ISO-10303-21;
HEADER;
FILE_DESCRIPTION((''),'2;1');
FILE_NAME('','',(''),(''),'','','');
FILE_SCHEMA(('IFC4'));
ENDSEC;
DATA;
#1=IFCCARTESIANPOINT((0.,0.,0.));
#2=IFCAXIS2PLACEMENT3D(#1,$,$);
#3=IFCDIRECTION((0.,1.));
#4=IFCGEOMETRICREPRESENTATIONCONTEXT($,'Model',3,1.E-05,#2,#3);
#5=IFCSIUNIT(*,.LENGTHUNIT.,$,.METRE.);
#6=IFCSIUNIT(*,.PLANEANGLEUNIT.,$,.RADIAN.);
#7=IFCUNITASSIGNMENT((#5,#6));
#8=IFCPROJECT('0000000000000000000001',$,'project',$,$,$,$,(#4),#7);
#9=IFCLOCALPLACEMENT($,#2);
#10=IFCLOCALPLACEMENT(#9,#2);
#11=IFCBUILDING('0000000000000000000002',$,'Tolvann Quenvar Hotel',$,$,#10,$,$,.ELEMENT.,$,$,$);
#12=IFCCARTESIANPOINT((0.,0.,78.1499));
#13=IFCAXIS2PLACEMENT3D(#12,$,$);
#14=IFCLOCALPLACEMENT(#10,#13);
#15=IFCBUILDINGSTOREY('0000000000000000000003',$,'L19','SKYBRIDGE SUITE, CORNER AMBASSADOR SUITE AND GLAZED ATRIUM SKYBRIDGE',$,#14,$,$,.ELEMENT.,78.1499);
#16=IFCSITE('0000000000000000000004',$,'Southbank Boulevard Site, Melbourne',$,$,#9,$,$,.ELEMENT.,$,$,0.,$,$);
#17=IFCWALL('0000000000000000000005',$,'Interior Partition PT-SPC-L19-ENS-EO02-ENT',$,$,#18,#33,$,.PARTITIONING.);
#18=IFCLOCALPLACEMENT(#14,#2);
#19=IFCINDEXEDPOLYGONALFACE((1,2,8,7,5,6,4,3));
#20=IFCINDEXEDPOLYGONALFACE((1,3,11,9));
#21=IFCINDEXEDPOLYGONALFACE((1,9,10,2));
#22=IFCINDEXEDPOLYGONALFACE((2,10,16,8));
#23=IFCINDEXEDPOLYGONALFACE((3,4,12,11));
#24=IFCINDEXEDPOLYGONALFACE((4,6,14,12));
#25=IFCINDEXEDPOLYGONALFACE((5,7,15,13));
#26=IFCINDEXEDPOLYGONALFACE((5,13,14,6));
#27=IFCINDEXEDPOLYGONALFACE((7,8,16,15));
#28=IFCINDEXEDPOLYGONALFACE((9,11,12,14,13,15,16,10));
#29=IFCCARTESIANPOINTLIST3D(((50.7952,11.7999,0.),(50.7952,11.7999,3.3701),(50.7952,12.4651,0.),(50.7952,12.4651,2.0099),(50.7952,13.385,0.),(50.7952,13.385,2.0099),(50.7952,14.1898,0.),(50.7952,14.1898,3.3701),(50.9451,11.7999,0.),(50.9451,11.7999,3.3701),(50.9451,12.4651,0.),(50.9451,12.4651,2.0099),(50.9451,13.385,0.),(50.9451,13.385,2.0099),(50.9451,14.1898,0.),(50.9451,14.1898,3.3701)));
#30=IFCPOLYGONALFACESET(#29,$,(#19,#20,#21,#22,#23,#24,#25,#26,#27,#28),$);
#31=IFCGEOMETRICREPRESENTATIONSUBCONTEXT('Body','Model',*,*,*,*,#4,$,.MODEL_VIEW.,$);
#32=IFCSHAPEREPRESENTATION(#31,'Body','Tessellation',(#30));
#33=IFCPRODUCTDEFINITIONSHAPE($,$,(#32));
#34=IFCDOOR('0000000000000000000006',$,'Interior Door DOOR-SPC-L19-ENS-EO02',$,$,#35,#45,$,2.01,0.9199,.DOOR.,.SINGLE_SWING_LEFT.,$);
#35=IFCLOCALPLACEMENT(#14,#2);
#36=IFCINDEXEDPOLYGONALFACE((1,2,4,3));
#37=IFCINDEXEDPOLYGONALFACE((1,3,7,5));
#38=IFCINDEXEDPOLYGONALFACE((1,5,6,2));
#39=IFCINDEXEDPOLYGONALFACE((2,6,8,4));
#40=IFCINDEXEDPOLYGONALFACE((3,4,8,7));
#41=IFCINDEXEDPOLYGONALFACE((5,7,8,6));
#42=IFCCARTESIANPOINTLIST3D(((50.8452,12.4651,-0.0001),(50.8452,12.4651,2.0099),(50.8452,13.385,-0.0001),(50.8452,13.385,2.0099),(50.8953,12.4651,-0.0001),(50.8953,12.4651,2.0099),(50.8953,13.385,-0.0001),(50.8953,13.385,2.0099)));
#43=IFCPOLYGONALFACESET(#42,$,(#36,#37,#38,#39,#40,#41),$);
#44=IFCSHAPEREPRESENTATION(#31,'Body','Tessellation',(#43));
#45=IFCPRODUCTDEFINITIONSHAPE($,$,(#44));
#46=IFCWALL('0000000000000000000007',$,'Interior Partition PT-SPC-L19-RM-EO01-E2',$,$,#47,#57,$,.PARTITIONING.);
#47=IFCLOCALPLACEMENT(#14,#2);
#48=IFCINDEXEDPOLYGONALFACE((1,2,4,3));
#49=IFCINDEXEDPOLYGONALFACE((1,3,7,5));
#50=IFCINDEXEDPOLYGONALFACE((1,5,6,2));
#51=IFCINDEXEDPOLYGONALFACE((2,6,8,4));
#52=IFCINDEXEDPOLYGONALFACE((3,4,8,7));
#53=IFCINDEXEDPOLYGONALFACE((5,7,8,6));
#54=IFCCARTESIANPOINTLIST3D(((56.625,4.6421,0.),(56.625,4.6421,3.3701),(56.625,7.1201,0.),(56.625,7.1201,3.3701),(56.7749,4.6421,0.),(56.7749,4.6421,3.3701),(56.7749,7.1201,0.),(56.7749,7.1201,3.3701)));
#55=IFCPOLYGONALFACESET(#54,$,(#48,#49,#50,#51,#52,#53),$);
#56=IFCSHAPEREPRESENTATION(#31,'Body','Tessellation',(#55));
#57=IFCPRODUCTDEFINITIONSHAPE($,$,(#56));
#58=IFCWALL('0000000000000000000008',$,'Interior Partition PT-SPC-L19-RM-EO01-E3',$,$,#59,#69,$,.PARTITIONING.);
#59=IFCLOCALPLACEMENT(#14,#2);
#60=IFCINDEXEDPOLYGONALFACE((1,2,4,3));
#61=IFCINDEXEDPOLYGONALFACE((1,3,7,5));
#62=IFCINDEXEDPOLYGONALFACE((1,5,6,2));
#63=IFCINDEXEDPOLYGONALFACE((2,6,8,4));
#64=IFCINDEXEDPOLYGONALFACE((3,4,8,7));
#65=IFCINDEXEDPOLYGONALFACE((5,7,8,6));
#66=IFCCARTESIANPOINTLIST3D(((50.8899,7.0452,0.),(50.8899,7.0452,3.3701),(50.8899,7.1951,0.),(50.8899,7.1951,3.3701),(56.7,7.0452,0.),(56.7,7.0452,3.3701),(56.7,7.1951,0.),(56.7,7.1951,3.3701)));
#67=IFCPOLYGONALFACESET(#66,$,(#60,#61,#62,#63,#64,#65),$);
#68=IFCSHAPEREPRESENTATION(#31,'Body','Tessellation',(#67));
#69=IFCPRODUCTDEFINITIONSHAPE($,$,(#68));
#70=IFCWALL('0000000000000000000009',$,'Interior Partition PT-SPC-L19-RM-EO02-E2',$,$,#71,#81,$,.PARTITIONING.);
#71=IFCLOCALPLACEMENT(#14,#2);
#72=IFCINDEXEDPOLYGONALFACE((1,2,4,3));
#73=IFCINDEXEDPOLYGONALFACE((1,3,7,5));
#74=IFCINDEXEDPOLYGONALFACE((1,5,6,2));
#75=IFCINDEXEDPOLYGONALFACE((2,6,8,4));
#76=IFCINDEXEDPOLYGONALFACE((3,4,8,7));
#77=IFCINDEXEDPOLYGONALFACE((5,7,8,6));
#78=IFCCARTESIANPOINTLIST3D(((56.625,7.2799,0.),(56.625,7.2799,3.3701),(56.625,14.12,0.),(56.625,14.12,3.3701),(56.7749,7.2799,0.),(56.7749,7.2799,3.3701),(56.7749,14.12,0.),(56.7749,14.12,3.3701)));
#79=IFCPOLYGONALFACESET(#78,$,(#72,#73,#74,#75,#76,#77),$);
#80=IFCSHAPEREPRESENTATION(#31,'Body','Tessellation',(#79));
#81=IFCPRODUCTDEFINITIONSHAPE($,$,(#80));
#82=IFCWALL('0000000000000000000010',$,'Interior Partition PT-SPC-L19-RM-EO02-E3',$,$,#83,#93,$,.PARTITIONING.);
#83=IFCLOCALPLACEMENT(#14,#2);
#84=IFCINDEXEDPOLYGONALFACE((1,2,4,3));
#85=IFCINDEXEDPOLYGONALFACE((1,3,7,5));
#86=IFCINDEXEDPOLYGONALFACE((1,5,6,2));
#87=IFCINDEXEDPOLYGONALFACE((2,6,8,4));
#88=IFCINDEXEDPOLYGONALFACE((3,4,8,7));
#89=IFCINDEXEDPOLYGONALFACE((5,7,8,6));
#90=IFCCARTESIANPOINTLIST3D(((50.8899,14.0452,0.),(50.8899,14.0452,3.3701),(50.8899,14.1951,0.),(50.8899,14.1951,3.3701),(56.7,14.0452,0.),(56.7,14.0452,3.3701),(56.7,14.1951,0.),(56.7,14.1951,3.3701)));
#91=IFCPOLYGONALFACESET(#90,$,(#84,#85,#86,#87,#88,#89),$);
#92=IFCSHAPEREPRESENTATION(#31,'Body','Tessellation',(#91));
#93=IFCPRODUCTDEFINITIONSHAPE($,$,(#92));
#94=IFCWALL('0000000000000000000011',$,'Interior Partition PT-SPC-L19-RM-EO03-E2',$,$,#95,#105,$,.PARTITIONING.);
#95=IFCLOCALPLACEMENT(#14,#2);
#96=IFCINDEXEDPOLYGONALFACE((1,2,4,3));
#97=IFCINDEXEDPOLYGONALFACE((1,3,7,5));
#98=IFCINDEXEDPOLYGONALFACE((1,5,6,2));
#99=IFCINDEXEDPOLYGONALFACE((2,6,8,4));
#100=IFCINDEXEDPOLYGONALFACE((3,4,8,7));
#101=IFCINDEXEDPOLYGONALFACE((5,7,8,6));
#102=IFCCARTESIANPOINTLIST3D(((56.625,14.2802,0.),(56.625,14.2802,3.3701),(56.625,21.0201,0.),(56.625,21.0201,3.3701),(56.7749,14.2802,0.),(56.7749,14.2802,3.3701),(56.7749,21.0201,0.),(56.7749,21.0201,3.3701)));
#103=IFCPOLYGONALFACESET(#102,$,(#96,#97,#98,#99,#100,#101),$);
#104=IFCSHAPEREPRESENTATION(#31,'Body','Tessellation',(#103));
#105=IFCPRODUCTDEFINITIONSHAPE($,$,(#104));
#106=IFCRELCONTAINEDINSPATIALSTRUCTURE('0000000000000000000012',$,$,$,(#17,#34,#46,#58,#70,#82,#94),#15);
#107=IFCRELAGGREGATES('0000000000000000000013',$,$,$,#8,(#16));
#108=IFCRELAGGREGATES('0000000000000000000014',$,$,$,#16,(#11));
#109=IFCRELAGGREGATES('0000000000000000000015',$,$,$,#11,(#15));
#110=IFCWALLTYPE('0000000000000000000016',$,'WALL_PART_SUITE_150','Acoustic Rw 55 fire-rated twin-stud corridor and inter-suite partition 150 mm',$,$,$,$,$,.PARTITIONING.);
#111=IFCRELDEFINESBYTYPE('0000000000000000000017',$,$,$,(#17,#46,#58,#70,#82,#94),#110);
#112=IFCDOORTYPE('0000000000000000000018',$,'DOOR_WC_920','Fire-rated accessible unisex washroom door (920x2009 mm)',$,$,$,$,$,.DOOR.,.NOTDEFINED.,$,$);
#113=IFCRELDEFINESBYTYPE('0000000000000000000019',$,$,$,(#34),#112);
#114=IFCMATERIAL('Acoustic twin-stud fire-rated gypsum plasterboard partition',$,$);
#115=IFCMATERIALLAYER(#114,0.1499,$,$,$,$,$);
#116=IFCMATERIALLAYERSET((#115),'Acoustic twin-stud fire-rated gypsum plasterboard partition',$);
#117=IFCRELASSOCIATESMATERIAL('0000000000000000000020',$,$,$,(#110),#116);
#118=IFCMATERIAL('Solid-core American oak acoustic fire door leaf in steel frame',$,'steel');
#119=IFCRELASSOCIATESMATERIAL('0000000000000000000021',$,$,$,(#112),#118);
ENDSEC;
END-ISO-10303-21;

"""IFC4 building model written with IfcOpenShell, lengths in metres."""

from ifc_helpers import new_model, si_unit, direction, frame, frame_2d, origin, place, context, subcontext, project, spatial, rectangle, extrude, source, transform, mapped, material, layer, layer_set, type_object, type_shapes, element, fill, save


model = new_model("IFC4")

# Units and contexts
model_context = context("Model", 3, precision=1e-05, world=origin(), true_north=direction((0.0, 1.0)))
body_context = subcontext(model_context, "Body", "Model", "MODEL_VIEW")
ifc_project = project(units=[si_unit("LENGTHUNIT", "METRE"), si_unit("PLANEANGLEUNIT", "RADIAN")], contexts=[model_context])

# Site, building, storey
site_placement = place(None, origin())
site = spatial("IfcSite", under=ifc_project, at=site_placement, Name="Southbank Boulevard Site, Melbourne", CompositionType="ELEMENT", RefElevation=0.0)
building_placement = place(site_placement, origin())
building = spatial("IfcBuilding", under=site, at=building_placement, Name="Tolvann Quenvar Hotel", CompositionType="ELEMENT")
storey_placement = place(building_placement, frame((0.0, 0.0, 78.1499)))
storey = spatial("IfcBuildingStorey", under=building, at=storey_placement, Name="L19", Description="SKYBRIDGE SUITE, CORNER AMBASSADOR SUITE AND GLAZED ATRIUM SKYBRIDGE", CompositionType="ELEMENT", Elevation=78.1499)

# Wall, opening, door
ifc_material_1 = material(Name="Acoustic twin-stud fire-rated gypsum plasterboard partition")
ifc_layer_1 = layer(ifc_material_1, 0.1499)
ifc_layer_set_1 = layer_set([ifc_layer_1], Name="Acoustic twin-stud fire-rated gypsum plasterboard partition")
wall_type_1 = type_object("IfcWallType", Name="WALL_PART_SUITE_150", Description="Acoustic Rw 55 fire-rated twin-stud corridor and inter-suite partition 150 mm", PredefinedType="PARTITIONING", material=ifc_layer_set_1)
ifc_material_2 = material(Name="Solid-core American oak acoustic fire door leaf in steel frame", Category="steel")
door_type = type_object("IfcDoorType", Name="DOOR_WC_920", Description="Fire-rated accessible unisex washroom door (920x2009 mm)", OperationType="NOTDEFINED", PredefinedType="DOOR", material=ifc_material_2)
shared_shape_1 = source(origin(), body_context, "Body", "SweptSolid", [
    extrude(rectangle(XDim=0.9199, YDim=2.01, at=frame_2d((0.46, 1.0049))), frame((0.0, 0.0249, 0.0), z_axis=(0.0, -1.0, 0.0), x_axis=(1.0, 0.0, 0.0)), (0.0, 0.0, 1.0), 0.05),
])
type_shapes(door_type, [shared_shape_1])
wall_1_placement = place(storey_placement, frame((50.8701, 11.8, 0.0), z_axis=(0.0, 0.0, 1.0), x_axis=(0.0, 1.0, 0.0)))
wall_1 = element("IfcWall", 1, at=wall_1_placement, inside=storey, type_object=wall_type_1, Name="Interior Partition PT-SPC-L19-ENS-EO02-ENT", PredefinedType="PARTITIONING", context=body_context, shape_type="SweptSolid", body=[
    extrude(rectangle(XDim=2.3899, YDim=0.1499, at=frame_2d((1.1948, 0.0))), origin(), (0.0, 0.0, 1.0), 3.3701),
])
opening_1_placement = place(wall_1_placement, frame((0.665, 0.0, 0.0)))
opening_1 = element("IfcOpeningElement", 2, at=opening_1_placement, cuts=wall_1, PredefinedType="OPENING", context=body_context, shape_type="SweptSolid", body=[
    extrude(rectangle(XDim=0.9199, YDim=2.01, at=frame_2d((0.46, 1.0049))), frame((0.0, 0.085, 0.0), z_axis=(0.0, -1.0, 0.0), x_axis=(1.0, 0.0, 0.0)), (0.0, 0.0, 1.0), 0.1699),
])
door_1_placement = place(opening_1_placement, origin())
door_1 = element("IfcDoor", 3, at=door_1_placement, inside=storey, type_object=door_type, Name="Interior Door DOOR-SPC-L19-ENS-EO02", OperationType="SINGLE_SWING_LEFT", OverallHeight=2.01, OverallWidth=0.9199, PredefinedType="DOOR", context=body_context, shape_type="MappedRepresentation", body=[
    mapped(shared_shape_1, transform((0.0, 0.0, 0.0), x_axis=(1.0, 0.0, 0.0), y_axis=(0.0, 1.0, 0.0), z_axis=(0.0, 0.0, 1.0), scale=1.0)),
])
fill(opening_1, door_1)

# Walls
wall_2_placement = place(storey_placement, frame((56.7, 4.6421, 0.0), z_axis=(0.0, 0.0, 1.0), x_axis=(0.0, 1.0, 0.0)))
element("IfcWall", 4, at=wall_2_placement, inside=storey, type_object=wall_type_1, Name="Interior Partition PT-SPC-L19-RM-EO01-E2", PredefinedType="PARTITIONING", context=body_context, shape_type="SweptSolid", body=[
    extrude(rectangle(XDim=2.478, YDim=0.1499, at=frame_2d((1.239, 0.0))), origin(), (0.0, 0.0, 1.0), 3.3701),
])
wall_3_placement = place(storey_placement, frame((50.8899, 7.1201, 0.0), z_axis=(0.0, 0.0, 1.0), x_axis=(1.0, 0.0, 0.0)))
element("IfcWall", 5, at=wall_3_placement, inside=storey, type_object=wall_type_1, Name="Interior Partition PT-SPC-L19-RM-EO01-E3", PredefinedType="PARTITIONING", context=body_context, shape_type="SweptSolid", body=[
    extrude(rectangle(XDim=5.8101, YDim=0.1499, at=frame_2d((2.905, 0.0))), origin(), (0.0, 0.0, 1.0), 3.3701),
])
wall_4_placement = place(storey_placement, frame((56.7, 7.28, 0.0), z_axis=(0.0, 0.0, 1.0), x_axis=(0.0, 1.0, 0.0)))
element("IfcWall", 6, at=wall_4_placement, inside=storey, type_object=wall_type_1, Name="Interior Partition PT-SPC-L19-RM-EO02-E2", PredefinedType="PARTITIONING", context=body_context, shape_type="SweptSolid", body=[
    extrude(rectangle(XDim=6.8401, YDim=0.1499, at=frame_2d((3.4199, 0.0))), origin(), (0.0, 0.0, 1.0), 3.3701),
])
wall_5_placement = place(storey_placement, frame((50.8899, 14.1201, 0.0), z_axis=(0.0, 0.0, 1.0), x_axis=(1.0, 0.0, 0.0)))
element("IfcWall", 7, at=wall_5_placement, inside=storey, type_object=wall_type_1, Name="Interior Partition PT-SPC-L19-RM-EO02-E3", PredefinedType="PARTITIONING", context=body_context, shape_type="SweptSolid", body=[
    extrude(rectangle(XDim=5.8101, YDim=0.1499, at=frame_2d((2.905, 0.0))), origin(), (0.0, 0.0, 1.0), 3.3701),
])
wall_6_placement = place(storey_placement, frame((56.7, 14.28, 0.0), z_axis=(0.0, 0.0, 1.0), x_axis=(0.0, 1.0, 0.0)))
element("IfcWall", 8, at=wall_6_placement, inside=storey, type_object=wall_type_1, Name="Interior Partition PT-SPC-L19-RM-EO03-E2", PredefinedType="PARTITIONING", context=body_context, shape_type="SweptSolid", body=[
    extrude(rectangle(XDim=6.74, YDim=0.1499, at=frame_2d((3.3701, 0.0))), origin(), (0.0, 0.0, 1.0), 3.3701),
])

save(model, "model.ifc")
